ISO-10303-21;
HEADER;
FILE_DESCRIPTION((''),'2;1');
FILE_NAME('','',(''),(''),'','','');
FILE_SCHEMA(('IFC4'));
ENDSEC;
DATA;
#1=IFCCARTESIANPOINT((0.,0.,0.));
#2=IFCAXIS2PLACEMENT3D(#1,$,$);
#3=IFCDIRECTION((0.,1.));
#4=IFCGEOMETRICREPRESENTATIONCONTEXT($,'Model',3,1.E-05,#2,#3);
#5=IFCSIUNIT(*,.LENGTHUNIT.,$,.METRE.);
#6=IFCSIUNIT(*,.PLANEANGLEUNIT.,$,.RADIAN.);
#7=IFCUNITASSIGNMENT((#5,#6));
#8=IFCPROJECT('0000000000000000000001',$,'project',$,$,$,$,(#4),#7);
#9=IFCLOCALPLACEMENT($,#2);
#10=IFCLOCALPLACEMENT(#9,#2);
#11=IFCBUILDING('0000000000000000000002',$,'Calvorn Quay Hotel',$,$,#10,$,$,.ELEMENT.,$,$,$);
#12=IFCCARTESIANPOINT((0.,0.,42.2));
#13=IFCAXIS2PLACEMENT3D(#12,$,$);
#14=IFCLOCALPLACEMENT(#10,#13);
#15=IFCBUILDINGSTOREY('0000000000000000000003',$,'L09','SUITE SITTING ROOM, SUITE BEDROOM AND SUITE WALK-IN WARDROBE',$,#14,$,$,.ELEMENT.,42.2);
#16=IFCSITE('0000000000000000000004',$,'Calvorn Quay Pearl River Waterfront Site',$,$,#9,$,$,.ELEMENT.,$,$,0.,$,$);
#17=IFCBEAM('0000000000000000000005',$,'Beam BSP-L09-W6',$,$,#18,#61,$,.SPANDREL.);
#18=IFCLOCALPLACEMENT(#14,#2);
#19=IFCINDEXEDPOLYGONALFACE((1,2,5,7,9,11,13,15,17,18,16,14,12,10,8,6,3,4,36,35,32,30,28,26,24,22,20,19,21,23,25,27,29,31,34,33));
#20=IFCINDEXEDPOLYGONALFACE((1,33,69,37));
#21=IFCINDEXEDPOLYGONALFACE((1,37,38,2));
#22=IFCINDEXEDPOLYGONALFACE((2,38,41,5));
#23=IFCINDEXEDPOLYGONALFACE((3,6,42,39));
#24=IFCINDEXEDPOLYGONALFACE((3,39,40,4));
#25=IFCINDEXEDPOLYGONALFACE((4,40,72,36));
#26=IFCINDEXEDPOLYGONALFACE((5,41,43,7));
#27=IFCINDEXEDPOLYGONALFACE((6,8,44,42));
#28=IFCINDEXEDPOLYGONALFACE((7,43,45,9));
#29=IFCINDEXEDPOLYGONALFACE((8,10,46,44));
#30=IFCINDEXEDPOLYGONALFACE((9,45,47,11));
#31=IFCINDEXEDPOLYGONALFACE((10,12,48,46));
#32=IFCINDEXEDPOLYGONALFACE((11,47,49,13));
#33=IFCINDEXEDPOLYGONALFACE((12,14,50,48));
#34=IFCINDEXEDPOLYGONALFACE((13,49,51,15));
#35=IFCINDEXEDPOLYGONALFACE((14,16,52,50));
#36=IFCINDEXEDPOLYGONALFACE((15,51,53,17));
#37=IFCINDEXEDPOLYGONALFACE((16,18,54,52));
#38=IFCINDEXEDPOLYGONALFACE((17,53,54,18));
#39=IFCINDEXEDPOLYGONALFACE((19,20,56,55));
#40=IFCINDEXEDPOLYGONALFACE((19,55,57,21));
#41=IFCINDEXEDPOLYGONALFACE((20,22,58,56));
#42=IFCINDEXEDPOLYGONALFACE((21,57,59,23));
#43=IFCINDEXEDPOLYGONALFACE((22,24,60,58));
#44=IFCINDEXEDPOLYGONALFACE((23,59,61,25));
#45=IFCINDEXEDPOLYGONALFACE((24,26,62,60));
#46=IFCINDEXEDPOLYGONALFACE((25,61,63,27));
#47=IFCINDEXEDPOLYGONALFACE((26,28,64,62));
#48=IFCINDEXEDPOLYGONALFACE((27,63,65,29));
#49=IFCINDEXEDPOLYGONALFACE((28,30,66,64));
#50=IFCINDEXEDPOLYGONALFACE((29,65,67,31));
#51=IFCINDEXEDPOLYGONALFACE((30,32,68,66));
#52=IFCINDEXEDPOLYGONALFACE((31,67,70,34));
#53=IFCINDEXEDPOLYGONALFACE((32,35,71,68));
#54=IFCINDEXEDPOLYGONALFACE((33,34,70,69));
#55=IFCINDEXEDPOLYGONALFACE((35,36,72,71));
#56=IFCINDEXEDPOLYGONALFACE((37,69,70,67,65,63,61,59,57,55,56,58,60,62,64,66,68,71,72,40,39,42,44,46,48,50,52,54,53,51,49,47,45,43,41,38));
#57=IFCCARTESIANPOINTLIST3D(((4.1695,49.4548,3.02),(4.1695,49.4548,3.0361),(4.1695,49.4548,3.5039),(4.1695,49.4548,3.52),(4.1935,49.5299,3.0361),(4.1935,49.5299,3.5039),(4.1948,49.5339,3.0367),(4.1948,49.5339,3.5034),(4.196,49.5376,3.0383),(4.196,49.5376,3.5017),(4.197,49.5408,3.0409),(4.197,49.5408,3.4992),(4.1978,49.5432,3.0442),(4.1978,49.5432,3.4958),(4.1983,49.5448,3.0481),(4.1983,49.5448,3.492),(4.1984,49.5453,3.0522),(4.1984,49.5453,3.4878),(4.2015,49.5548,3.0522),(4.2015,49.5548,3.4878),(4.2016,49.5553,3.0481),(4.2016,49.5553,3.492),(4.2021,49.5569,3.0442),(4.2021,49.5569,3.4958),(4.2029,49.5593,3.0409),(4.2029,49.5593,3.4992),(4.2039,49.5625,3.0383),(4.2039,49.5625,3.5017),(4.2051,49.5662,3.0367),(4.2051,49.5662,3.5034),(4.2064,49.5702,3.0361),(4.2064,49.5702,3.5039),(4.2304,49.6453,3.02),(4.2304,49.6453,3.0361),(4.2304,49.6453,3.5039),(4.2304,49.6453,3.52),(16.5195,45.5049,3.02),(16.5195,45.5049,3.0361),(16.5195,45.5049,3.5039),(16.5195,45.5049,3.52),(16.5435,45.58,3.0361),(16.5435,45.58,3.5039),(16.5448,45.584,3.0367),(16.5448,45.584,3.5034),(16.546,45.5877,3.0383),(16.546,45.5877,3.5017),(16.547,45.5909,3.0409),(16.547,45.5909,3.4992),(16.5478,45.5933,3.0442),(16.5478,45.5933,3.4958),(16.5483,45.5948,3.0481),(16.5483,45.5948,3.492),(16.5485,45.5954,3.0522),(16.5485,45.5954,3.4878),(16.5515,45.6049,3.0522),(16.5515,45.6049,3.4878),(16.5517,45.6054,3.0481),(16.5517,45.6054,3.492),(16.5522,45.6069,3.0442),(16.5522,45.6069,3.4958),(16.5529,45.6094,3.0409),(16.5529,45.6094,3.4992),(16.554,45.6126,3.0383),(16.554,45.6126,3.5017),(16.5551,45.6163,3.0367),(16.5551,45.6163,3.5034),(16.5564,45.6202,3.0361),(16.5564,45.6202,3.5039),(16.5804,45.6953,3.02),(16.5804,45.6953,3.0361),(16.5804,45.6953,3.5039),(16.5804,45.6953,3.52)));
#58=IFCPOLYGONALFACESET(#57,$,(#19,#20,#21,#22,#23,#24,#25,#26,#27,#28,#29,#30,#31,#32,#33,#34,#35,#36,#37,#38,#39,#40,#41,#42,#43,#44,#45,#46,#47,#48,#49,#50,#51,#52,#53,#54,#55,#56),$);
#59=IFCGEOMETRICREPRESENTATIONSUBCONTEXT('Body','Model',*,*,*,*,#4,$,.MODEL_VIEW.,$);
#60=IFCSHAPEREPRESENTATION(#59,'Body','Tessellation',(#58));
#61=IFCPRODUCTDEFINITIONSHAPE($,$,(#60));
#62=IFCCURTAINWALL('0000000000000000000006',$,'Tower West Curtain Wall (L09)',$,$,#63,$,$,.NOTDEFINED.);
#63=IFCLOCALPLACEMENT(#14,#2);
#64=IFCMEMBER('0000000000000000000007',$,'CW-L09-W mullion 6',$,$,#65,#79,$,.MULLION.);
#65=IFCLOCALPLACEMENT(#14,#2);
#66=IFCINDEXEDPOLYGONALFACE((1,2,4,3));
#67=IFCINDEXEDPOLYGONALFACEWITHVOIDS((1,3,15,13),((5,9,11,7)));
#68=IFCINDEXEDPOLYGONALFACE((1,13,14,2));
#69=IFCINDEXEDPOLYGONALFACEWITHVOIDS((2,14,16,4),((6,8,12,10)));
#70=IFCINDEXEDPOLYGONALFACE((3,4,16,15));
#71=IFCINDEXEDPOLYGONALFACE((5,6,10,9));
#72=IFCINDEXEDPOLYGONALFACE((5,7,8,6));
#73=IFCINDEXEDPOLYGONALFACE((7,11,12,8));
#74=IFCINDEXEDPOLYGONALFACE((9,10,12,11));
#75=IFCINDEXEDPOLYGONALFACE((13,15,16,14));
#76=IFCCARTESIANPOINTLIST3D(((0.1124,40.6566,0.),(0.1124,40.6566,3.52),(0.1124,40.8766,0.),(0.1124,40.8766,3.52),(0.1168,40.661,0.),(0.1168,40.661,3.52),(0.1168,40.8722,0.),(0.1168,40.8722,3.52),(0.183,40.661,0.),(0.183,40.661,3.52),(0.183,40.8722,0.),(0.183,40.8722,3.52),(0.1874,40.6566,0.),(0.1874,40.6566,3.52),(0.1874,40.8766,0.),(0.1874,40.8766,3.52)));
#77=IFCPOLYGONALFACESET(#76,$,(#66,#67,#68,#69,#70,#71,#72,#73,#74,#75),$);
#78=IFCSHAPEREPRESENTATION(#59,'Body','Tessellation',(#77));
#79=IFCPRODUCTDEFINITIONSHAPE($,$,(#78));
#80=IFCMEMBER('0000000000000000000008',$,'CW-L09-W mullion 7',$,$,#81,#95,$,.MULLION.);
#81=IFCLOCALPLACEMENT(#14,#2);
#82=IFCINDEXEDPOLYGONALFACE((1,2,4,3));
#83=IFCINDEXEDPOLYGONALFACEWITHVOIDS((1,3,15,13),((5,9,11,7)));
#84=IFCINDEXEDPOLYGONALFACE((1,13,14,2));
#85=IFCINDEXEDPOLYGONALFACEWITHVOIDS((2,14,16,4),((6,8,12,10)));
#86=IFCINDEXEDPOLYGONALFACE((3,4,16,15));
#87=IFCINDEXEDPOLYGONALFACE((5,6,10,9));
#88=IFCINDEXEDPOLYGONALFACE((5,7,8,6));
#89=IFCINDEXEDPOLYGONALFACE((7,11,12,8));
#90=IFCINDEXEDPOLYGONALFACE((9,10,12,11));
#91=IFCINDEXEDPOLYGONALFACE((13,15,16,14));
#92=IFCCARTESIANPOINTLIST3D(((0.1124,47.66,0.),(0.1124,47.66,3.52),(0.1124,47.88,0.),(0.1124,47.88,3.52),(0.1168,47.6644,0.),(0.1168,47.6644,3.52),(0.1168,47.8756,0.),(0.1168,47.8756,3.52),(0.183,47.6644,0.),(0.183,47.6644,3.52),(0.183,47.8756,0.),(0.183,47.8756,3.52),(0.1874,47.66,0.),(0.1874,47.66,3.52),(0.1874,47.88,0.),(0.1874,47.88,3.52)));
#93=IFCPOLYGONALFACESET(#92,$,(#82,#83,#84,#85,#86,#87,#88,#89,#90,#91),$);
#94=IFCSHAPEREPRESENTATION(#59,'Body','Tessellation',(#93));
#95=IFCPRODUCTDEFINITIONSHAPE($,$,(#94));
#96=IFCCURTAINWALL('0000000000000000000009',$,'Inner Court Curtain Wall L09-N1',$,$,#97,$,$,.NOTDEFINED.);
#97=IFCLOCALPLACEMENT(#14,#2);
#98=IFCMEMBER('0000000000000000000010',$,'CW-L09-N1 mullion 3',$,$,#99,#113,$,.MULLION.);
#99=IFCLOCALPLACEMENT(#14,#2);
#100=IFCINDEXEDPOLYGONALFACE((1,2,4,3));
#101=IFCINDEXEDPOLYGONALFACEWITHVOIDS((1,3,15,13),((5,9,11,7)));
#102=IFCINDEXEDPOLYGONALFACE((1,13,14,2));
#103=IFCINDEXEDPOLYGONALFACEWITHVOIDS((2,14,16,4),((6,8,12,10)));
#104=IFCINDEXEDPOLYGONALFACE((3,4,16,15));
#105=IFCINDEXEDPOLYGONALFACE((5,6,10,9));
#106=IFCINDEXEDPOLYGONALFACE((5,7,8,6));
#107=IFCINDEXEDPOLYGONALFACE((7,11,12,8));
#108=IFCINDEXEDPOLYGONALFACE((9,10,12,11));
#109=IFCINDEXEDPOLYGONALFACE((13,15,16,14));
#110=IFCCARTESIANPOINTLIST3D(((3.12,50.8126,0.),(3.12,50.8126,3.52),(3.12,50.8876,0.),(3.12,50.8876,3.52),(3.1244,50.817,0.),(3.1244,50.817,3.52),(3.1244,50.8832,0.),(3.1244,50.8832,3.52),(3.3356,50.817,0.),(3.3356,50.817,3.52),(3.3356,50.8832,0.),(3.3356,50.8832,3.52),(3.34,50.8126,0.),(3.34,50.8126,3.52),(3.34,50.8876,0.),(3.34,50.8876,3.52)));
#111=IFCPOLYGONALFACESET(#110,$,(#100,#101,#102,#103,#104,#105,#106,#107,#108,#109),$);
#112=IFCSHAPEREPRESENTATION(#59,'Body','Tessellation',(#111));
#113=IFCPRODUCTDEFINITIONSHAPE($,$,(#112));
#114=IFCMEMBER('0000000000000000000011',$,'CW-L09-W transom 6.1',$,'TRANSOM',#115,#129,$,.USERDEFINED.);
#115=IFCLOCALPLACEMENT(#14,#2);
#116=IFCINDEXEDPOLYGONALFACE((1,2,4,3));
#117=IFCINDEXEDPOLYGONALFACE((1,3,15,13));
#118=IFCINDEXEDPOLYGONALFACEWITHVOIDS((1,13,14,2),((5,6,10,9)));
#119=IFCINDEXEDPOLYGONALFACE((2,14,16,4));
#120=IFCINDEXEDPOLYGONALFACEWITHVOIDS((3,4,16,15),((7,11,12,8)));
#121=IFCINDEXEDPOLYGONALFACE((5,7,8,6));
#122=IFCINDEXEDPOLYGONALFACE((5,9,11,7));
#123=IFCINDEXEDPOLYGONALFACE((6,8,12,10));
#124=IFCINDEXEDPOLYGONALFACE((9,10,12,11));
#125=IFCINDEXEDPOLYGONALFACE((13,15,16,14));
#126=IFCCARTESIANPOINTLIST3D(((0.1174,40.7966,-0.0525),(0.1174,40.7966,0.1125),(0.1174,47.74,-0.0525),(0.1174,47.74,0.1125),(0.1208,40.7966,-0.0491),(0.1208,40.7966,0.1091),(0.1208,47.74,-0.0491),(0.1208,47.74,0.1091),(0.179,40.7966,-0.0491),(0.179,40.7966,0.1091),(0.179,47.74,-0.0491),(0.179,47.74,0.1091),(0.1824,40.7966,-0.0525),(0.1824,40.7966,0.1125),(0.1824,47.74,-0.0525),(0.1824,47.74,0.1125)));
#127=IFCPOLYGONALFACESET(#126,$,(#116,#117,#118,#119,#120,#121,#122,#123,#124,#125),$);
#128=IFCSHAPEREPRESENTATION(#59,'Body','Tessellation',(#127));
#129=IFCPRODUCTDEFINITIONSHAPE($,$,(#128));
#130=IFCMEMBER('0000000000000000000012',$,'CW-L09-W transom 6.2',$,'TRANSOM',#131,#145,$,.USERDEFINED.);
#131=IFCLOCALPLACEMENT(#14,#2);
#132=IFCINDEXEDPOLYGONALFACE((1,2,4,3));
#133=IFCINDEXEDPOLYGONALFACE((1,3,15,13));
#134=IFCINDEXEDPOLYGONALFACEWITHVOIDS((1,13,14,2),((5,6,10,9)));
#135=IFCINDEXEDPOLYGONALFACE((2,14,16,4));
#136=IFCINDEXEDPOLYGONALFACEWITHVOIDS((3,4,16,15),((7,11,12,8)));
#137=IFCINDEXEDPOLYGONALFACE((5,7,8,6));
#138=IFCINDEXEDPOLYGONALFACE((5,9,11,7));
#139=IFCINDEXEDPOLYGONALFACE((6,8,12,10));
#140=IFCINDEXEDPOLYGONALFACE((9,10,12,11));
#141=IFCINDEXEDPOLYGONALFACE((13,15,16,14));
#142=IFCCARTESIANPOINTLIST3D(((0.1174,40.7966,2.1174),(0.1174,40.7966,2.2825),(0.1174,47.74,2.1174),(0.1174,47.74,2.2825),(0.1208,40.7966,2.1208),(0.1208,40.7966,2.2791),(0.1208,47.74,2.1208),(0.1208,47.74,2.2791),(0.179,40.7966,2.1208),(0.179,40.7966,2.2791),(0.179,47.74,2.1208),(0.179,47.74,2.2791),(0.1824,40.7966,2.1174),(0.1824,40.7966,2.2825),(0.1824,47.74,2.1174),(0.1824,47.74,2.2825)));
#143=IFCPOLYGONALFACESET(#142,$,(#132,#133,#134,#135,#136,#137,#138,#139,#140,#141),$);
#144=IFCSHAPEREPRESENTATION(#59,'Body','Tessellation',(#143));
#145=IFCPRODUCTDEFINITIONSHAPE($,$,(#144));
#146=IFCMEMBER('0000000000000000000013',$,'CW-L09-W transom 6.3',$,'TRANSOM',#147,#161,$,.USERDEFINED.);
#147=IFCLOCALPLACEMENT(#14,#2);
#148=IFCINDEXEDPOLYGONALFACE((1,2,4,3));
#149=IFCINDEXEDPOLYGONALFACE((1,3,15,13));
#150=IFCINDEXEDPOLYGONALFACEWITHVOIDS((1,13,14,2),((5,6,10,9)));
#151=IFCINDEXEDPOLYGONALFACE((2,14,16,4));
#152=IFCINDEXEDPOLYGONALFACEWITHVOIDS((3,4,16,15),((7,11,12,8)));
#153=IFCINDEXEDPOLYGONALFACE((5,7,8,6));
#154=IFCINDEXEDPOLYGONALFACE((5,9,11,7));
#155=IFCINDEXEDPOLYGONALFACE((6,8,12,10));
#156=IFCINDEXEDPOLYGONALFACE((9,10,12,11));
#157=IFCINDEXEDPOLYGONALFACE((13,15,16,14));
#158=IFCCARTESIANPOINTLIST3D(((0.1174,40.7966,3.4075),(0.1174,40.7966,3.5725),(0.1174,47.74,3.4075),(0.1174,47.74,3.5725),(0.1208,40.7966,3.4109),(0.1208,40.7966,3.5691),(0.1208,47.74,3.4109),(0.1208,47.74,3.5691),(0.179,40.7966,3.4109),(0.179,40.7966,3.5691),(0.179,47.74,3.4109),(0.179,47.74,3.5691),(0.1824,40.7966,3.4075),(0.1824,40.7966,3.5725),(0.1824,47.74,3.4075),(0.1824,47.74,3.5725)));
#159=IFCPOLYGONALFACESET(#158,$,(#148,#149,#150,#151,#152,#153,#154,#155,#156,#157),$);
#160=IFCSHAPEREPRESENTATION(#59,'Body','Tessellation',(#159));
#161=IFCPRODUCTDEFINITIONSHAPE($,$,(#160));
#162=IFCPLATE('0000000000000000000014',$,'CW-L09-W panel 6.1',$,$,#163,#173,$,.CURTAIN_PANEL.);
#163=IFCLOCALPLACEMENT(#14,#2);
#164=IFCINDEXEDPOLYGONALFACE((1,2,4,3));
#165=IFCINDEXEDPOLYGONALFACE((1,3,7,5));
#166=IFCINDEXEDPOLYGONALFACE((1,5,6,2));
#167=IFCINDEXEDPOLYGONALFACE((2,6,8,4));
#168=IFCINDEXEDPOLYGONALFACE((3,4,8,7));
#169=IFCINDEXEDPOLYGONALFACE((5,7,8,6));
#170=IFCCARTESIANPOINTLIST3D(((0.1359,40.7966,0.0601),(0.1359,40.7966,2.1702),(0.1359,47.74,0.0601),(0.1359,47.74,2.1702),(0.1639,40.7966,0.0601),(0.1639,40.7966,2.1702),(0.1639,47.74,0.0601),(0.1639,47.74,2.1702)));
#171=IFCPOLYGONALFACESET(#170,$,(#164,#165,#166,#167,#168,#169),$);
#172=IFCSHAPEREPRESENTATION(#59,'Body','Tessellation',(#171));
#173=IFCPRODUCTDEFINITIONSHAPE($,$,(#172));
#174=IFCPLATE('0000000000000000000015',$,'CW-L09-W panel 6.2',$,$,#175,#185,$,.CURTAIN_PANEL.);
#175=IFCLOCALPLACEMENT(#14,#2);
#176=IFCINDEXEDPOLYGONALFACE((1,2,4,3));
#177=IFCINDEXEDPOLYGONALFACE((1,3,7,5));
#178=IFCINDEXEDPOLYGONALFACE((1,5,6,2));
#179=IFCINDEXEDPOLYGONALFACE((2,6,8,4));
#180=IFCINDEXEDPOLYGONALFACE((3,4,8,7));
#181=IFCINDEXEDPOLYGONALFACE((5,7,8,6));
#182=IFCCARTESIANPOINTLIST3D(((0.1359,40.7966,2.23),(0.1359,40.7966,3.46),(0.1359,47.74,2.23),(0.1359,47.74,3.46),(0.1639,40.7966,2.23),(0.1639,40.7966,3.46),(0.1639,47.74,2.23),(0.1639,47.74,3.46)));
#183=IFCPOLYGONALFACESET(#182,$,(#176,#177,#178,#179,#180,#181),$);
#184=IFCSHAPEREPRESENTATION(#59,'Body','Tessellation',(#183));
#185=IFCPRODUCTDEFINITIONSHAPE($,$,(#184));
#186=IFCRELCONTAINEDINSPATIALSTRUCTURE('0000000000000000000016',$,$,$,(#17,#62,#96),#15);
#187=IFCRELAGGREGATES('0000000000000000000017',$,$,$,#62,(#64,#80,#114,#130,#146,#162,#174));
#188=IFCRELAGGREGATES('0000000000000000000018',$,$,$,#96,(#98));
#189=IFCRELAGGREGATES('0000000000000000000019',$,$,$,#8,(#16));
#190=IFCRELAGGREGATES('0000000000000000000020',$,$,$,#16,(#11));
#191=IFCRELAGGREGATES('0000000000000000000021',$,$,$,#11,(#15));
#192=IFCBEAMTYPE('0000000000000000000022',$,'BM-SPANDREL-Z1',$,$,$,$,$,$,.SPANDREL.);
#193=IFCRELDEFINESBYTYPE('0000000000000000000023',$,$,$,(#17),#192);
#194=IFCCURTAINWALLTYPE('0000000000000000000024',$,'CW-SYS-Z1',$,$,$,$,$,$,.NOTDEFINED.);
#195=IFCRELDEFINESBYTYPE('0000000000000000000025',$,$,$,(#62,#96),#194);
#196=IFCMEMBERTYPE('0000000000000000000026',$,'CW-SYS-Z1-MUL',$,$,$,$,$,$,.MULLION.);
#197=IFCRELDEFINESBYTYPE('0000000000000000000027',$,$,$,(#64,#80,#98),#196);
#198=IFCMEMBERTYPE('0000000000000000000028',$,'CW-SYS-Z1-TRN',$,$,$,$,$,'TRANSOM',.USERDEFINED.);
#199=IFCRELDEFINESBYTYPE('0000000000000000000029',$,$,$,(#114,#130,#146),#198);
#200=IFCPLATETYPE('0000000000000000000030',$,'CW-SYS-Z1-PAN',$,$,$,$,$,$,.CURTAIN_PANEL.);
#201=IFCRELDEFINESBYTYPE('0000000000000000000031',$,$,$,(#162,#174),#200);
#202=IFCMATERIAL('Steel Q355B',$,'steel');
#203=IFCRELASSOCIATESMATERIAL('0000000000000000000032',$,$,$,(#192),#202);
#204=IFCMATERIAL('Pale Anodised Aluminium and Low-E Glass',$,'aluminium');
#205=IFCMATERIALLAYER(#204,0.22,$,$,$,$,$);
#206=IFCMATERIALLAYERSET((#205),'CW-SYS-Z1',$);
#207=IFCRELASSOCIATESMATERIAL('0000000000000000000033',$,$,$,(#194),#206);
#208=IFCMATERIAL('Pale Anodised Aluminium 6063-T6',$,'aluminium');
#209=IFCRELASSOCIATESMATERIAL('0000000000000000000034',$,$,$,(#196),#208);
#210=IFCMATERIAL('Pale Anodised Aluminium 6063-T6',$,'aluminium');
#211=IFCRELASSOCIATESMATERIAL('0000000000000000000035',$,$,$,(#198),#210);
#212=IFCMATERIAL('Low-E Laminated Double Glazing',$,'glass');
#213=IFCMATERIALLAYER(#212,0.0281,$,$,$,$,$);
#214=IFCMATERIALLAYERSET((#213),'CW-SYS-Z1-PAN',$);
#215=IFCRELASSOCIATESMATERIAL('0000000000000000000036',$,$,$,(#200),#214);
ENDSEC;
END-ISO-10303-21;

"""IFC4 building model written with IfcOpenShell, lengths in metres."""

from ifc_helpers import new_model, si_unit, direction, frame, origin, origin_2d, place, context, subcontext, project, spatial, rectangle, hollow_rectangle, i_section, extrude, material, layer, layer_set, material_profile, profile_set, type_object, element, aggregate, save


model = new_model("IFC4")

# Units and contexts
model_context = context("Model", 3, precision=1e-05, world=origin(), true_north=direction((0.0, 1.0)))
body_context = subcontext(model_context, "Body", "Model", "MODEL_VIEW")
ifc_project = project(units=[si_unit("LENGTHUNIT", "METRE"), si_unit("PLANEANGLEUNIT", "RADIAN")], contexts=[model_context])

# Site, building, storey
site_placement = place(None, origin())
site = spatial("IfcSite", under=ifc_project, at=site_placement, Name="Calvorn Quay Pearl River Waterfront Site", CompositionType="ELEMENT", RefElevation=0.0)
building_placement = place(site_placement, origin())
building = spatial("IfcBuilding", under=site, at=building_placement, Name="Calvorn Quay Hotel", CompositionType="ELEMENT")
storey_placement = place(building_placement, frame((0.0, 0.0, 42.2)))
storey = spatial("IfcBuildingStorey", under=building, at=storey_placement, Name="L09", Description="SUITE SITTING ROOM, SUITE BEDROOM AND SUITE WALK-IN WARDROBE", CompositionType="ELEMENT", Elevation=42.2)

# Beam
ifc_material_1 = material(Name="Steel Q355B", Category="steel")
ifc_material_profile_1 = material_profile(ifc_material_1, i_section(OverallWidth=0.2, OverallDepth=0.5, WebThickness=0.01, FlangeThickness=0.0161, FilletRadius=0.0161, at=origin_2d()), Name="HN500x200x10x16")
ifc_profile_set_1 = profile_set([ifc_material_profile_1], Name="Steel Q355B")
beam_type_1 = type_object("IfcBeamType", Name="BM-SPANDREL-Z1", PredefinedType="SPANDREL", material=ifc_profile_set_1)
beam_1_placement = place(storey_placement, frame((4.2, 49.55, 3.27), z_axis=(0.952471, -0.30463, 0.0), x_axis=(0.30463, 0.952471, 0.0)))
element("IfcBeam", 1, at=beam_1_placement, inside=storey, type_object=beam_type_1, Name="Beam BSP-L09-W6", PredefinedType="SPANDREL", context=body_context, shape_type="SweptSolid", body=[
    extrude(i_section(OverallWidth=0.2, OverallDepth=0.5, WebThickness=0.01, FlangeThickness=0.0161, FilletRadius=0.0161, at=origin_2d()), origin(), (0.0, 0.0, 1.0), 12.9663),
])

# Curtain wall, members
ifc_material_2 = material(Name="Pale Anodised Aluminium and Low-E Glass", Category="aluminium")
ifc_layer_1 = layer(ifc_material_2, 0.22)
ifc_layer_set_1 = layer_set([ifc_layer_1], Name="CW-SYS-Z1")
curtain_wall_type = type_object("IfcCurtainWallType", Name="CW-SYS-Z1", PredefinedType="NOTDEFINED", material=ifc_layer_set_1)
curtain_wall_1_placement = place(storey_placement, origin())
curtain_wall_1 = element("IfcCurtainWall", 2, at=curtain_wall_1_placement, inside=storey, type_object=curtain_wall_type, Name="Tower West Curtain Wall (L09)", PredefinedType="NOTDEFINED")
ifc_material_3 = material(Name="Pale Anodised Aluminium 6063-T6", Category="aluminium")
ifc_material_profile_2 = material_profile(ifc_material_3, hollow_rectangle(XDim=0.075, YDim=0.22, WallThickness=0.0044, at=origin_2d()), Name="ALU-M220x75x4.5")
ifc_profile_set_2 = profile_set([ifc_material_profile_2], Name="Pale Anodised Aluminium 6063-T6")
member_type_1 = type_object("IfcMemberType", Name="CW-SYS-Z1-MUL", PredefinedType="MULLION", material=ifc_profile_set_2)
member_1_placement = place(storey_placement, frame((0.1499, 40.7666, 0.0), z_axis=(0.0, 0.0, 1.0), x_axis=(-1.0, 0.0, 0.0)))
member_1 = element("IfcMember", 3, at=member_1_placement, type_object=member_type_1, Name="CW-L09-W mullion 6", PredefinedType="MULLION", context=body_context, shape_type="SweptSolid", body=[
    extrude(hollow_rectangle(XDim=0.075, YDim=0.22, WallThickness=0.0044, at=origin_2d()), origin(), (0.0, 0.0, 1.0), 3.52),
])
member_2_placement = place(storey_placement, frame((0.1499, 47.77, 0.0), z_axis=(0.0, 0.0, 1.0), x_axis=(-1.0, 0.0, 0.0)))
member_2 = element("IfcMember", 4, at=member_2_placement, type_object=member_type_1, Name="CW-L09-W mullion 7", PredefinedType="MULLION", context=body_context, shape_type="SweptSolid", body=[
    extrude(hollow_rectangle(XDim=0.075, YDim=0.22, WallThickness=0.0044, at=origin_2d()), origin(), (0.0, 0.0, 1.0), 3.52),
])

# Curtain wall, member
curtain_wall_2_placement = place(storey_placement, origin())
curtain_wall_2 = element("IfcCurtainWall", 5, at=curtain_wall_2_placement, inside=storey, type_object=curtain_wall_type, Name="Inner Court Curtain Wall L09-N1", PredefinedType="NOTDEFINED")
member_3_placement = place(storey_placement, frame((3.23, 50.8501, 0.0), z_axis=(0.0, 0.0, 1.0), x_axis=(0.0, -1.0, 0.0)))
member_3 = element("IfcMember", 6, at=member_3_placement, type_object=member_type_1, Name="CW-L09-N1 mullion 3", PredefinedType="MULLION", context=body_context, shape_type="SweptSolid", body=[
    extrude(hollow_rectangle(XDim=0.075, YDim=0.22, WallThickness=0.0044, at=origin_2d()), origin(), (0.0, 0.0, 1.0), 3.52),
])

# Members
ifc_material_4 = material(Name="Pale Anodised Aluminium 6063-T6", Category="aluminium")
ifc_material_profile_3 = material_profile(ifc_material_4, hollow_rectangle(XDim=0.0649, YDim=0.165, WallThickness=0.0034, at=origin_2d()), Name="ALU-T165x65x3.5")
ifc_profile_set_3 = profile_set([ifc_material_profile_3], Name="Pale Anodised Aluminium 6063-T6")
member_type_2 = type_object("IfcMemberType", Name="CW-SYS-Z1-TRN", ElementType="TRANSOM", PredefinedType="USERDEFINED", material=ifc_profile_set_3)
member_4_placement = place(storey_placement, frame((0.1499, 40.7966, 0.03), z_axis=(0.0, 1.0, 0.0), x_axis=(-1.0, 0.0, 0.0)))
member_4 = element("IfcMember", 7, at=member_4_placement, type_object=member_type_2, Name="CW-L09-W transom 6.1", ObjectType="TRANSOM", PredefinedType="USERDEFINED", context=body_context, shape_type="SweptSolid", body=[
    extrude(hollow_rectangle(XDim=0.0649, YDim=0.165, WallThickness=0.0034, at=origin_2d()), origin(), (0.0, 0.0, 1.0), 6.9434),
])
member_5_placement = place(storey_placement, frame((0.1499, 40.7966, 2.2), z_axis=(0.0, 1.0, 0.0), x_axis=(-1.0, 0.0, 0.0)))
member_5 = element("IfcMember", 8, at=member_5_placement, type_object=member_type_2, Name="CW-L09-W transom 6.2", ObjectType="TRANSOM", PredefinedType="USERDEFINED", context=body_context, shape_type="SweptSolid", body=[
    extrude(hollow_rectangle(XDim=0.0649, YDim=0.165, WallThickness=0.0034, at=origin_2d()), origin(), (0.0, 0.0, 1.0), 6.9434),
])
member_6_placement = place(storey_placement, frame((0.1499, 40.7966, 3.49), z_axis=(0.0, 1.0, 0.0), x_axis=(-1.0, 0.0, 0.0)))
member_6 = element("IfcMember", 9, at=member_6_placement, type_object=member_type_2, Name="CW-L09-W transom 6.3", ObjectType="TRANSOM", PredefinedType="USERDEFINED", context=body_context, shape_type="SweptSolid", body=[
    extrude(hollow_rectangle(XDim=0.0649, YDim=0.165, WallThickness=0.0034, at=origin_2d()), origin(), (0.0, 0.0, 1.0), 6.9434),
])

# Plates
ifc_material_5 = material(Name="Low-E Laminated Double Glazing", Category="glass")
ifc_layer_2 = layer(ifc_material_5, 0.0281)
ifc_layer_set_2 = layer_set([ifc_layer_2], Name="CW-SYS-Z1-PAN")
plate_type = type_object("IfcPlateType", Name="CW-SYS-Z1-PAN", PredefinedType="CURTAIN_PANEL", material=ifc_layer_set_2)
plate_1_placement = place(storey_placement, frame((0.1499, 44.2683, 0.0601), z_axis=(0.0, 0.0, 1.0), x_axis=(0.0, 1.0, 0.0)))
plate_1 = element("IfcPlate", 10, at=plate_1_placement, type_object=plate_type, Name="CW-L09-W panel 6.1", PredefinedType="CURTAIN_PANEL", context=body_context, shape_type="SweptSolid", body=[
    extrude(rectangle(XDim=6.9434, YDim=0.0281, at=origin_2d()), origin(), (0.0, 0.0, 1.0), 2.1101),
])
plate_2_placement = place(storey_placement, frame((0.1499, 44.2683, 2.23), z_axis=(0.0, 0.0, 1.0), x_axis=(0.0, 1.0, 0.0)))
plate_2 = element("IfcPlate", 11, at=plate_2_placement, type_object=plate_type, Name="CW-L09-W panel 6.2", PredefinedType="CURTAIN_PANEL", context=body_context, shape_type="SweptSolid", body=[
    extrude(rectangle(XDim=6.9434, YDim=0.0281, at=origin_2d()), origin(), (0.0, 0.0, 1.0), 1.23),
])
aggregate(curtain_wall_1, [member_1, member_2, member_4, member_5, member_6, plate_1, plate_2])
aggregate(curtain_wall_2, [member_3])

save(model, "model.ifc")
